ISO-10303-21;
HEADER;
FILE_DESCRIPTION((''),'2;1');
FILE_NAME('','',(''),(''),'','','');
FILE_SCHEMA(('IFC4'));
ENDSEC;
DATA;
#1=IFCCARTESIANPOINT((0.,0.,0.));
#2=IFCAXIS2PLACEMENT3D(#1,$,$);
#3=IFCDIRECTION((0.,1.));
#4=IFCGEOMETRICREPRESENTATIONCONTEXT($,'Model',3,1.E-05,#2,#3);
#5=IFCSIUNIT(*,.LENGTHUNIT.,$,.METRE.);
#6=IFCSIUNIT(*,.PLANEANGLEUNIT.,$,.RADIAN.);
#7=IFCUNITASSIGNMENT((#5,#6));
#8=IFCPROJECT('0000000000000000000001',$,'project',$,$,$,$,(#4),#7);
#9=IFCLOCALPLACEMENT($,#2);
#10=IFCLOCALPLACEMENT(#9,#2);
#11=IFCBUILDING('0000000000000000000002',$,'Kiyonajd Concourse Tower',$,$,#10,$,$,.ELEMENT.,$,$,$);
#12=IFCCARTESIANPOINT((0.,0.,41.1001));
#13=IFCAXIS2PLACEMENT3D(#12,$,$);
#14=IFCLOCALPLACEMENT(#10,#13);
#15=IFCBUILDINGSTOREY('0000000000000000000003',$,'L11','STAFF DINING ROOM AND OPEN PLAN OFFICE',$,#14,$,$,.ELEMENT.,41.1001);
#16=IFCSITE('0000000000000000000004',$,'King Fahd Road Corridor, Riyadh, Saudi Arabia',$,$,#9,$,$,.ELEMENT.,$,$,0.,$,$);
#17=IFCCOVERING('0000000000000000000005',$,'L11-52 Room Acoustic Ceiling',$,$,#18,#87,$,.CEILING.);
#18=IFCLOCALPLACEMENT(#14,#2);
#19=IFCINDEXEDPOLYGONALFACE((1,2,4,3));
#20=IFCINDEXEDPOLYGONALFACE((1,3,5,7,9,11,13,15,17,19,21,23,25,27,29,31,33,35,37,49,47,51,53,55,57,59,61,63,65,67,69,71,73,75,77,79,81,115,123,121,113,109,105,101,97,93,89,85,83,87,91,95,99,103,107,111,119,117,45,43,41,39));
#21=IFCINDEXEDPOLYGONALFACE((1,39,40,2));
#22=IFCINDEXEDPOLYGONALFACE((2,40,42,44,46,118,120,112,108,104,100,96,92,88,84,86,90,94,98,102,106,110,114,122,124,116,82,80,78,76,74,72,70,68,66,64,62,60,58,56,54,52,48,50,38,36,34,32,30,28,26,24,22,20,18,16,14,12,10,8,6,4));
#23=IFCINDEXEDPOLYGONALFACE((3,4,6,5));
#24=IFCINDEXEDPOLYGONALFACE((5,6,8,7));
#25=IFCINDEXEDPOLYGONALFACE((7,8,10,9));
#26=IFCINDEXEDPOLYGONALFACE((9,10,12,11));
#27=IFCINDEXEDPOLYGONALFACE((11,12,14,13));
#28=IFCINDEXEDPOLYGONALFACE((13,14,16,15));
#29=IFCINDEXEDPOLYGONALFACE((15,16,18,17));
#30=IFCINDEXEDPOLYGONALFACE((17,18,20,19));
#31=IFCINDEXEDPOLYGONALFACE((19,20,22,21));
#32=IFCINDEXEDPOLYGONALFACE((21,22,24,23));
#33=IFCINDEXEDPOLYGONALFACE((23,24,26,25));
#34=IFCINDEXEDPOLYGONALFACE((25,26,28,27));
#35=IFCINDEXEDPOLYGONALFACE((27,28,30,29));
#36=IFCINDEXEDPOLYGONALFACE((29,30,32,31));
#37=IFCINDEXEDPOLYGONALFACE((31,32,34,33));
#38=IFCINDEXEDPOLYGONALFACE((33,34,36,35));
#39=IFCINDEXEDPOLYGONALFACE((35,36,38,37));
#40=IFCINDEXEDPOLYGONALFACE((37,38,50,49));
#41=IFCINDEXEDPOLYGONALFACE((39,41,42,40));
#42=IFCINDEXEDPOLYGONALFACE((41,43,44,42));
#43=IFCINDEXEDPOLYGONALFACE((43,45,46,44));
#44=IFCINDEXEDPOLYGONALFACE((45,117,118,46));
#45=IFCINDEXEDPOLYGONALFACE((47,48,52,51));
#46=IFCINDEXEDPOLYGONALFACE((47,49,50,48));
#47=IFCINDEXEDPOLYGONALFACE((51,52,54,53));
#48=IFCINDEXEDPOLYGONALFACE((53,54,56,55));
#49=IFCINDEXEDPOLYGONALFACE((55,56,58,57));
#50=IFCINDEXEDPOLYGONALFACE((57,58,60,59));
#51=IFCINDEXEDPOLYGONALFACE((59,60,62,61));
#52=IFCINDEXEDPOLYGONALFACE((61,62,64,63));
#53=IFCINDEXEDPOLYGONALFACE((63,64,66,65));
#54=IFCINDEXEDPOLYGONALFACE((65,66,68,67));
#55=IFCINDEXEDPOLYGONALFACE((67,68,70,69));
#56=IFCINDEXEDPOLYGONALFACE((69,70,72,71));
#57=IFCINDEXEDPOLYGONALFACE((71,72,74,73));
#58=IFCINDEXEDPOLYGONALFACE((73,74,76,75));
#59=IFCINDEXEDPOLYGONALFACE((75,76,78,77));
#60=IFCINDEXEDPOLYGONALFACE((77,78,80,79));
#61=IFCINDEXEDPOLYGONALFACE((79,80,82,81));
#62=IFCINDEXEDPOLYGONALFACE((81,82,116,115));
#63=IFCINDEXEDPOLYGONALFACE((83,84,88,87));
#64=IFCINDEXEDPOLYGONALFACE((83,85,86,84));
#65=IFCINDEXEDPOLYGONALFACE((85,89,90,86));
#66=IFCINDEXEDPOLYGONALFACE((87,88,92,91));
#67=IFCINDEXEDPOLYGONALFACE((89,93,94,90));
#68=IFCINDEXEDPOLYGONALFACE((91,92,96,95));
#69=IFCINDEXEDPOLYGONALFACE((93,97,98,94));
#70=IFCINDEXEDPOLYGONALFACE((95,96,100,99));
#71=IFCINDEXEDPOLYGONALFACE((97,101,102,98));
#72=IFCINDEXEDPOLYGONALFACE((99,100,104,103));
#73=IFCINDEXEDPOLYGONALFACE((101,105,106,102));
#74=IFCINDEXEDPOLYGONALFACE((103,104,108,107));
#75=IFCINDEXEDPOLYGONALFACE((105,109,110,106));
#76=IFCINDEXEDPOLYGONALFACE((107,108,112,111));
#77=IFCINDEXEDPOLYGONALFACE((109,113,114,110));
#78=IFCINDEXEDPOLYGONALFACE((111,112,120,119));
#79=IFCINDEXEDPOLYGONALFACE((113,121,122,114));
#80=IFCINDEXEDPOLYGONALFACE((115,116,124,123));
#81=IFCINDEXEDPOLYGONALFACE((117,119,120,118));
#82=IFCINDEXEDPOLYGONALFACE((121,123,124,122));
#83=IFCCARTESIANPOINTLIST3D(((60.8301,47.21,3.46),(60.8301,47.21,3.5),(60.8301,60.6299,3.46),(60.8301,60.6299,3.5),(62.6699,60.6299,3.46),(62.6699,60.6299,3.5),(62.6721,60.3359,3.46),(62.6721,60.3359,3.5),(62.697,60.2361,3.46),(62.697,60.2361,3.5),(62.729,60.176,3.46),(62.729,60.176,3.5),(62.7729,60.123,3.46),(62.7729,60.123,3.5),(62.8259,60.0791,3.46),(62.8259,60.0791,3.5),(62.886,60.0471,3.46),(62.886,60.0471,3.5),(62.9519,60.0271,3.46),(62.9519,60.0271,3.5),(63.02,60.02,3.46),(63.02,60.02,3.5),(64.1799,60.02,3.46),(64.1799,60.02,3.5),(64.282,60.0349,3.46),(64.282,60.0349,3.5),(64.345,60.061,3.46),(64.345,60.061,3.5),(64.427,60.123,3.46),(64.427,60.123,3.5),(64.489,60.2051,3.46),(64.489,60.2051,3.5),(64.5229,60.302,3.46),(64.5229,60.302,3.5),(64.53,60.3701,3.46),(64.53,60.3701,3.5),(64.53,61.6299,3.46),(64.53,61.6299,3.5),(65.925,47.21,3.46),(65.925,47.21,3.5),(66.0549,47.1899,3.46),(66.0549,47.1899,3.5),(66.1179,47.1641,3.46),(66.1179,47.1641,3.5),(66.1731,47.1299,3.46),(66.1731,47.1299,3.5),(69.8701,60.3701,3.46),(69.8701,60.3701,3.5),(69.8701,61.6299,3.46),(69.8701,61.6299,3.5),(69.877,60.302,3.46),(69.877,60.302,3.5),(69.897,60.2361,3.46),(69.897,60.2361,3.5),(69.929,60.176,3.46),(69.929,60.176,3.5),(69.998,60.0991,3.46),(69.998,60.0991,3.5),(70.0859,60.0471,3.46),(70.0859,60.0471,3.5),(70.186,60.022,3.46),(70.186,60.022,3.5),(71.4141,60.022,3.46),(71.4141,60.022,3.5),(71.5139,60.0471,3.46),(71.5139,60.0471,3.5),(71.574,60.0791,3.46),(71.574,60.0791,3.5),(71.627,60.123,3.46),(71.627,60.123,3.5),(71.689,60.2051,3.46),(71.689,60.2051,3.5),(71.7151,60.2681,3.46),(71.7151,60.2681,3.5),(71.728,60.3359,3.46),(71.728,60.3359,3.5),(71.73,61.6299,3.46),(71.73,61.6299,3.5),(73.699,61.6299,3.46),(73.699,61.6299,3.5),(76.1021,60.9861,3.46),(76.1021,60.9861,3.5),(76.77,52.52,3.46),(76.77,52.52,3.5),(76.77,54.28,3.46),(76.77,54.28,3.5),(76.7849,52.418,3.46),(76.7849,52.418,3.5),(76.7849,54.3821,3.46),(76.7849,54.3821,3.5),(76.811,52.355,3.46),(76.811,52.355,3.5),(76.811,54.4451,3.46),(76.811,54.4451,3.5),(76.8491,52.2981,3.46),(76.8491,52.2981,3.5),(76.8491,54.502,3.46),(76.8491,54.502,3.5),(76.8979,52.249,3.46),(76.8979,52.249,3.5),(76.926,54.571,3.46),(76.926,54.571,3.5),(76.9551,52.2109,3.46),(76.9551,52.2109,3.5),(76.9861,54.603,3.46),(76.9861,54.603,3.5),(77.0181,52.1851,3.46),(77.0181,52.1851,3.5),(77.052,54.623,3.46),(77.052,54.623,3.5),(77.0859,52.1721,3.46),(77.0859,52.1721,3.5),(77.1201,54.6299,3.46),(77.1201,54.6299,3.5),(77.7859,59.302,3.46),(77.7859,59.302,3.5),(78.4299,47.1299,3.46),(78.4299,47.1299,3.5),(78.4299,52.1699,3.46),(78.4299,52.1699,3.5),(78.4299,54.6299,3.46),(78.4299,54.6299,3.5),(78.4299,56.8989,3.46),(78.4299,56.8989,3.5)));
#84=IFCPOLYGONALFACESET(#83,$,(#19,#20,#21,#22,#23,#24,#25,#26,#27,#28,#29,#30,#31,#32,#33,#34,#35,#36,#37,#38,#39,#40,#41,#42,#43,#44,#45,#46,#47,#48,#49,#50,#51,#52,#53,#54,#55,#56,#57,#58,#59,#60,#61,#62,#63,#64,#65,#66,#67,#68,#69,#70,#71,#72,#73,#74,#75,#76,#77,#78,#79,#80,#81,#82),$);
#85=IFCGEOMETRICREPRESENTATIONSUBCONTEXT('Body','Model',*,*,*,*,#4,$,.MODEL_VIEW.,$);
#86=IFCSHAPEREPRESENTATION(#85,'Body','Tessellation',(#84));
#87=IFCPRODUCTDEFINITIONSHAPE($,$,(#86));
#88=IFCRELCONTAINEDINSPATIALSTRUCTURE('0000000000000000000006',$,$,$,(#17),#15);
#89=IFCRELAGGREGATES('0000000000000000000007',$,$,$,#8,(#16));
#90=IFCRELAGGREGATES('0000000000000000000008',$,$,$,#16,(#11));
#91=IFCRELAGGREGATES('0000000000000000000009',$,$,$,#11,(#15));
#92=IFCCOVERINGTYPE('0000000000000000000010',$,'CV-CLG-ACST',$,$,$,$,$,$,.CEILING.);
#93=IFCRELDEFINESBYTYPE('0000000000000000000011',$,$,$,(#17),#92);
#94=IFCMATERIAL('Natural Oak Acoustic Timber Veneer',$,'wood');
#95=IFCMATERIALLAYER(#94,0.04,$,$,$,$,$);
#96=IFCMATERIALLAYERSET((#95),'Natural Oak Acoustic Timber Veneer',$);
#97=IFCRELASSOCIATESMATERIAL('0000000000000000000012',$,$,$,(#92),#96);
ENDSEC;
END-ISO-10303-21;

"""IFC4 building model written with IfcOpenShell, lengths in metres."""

from ifc_helpers import new_model, si_unit, direction, frame, origin, place, context, subcontext, project, spatial, polyline, outline, extrude, material, layer, layer_set, type_object, element, save


model = new_model("IFC4")

# Units and contexts
model_context = context("Model", 3, precision=1e-05, world=origin(), true_north=direction((0.0, 1.0)))
body_context = subcontext(model_context, "Body", "Model", "MODEL_VIEW")
ifc_project = project(units=[si_unit("LENGTHUNIT", "METRE"), si_unit("PLANEANGLEUNIT", "RADIAN")], contexts=[model_context])

# Site, building, storey
site_placement = place(None, origin())
site = spatial("IfcSite", under=ifc_project, at=site_placement, Name="King Fahd Road Corridor, Riyadh, Saudi Arabia", CompositionType="ELEMENT", RefElevation=0.0)
building_placement = place(site_placement, origin())
building = spatial("IfcBuilding", under=site, at=building_placement, Name="Kiyonajd Concourse Tower", CompositionType="ELEMENT")
storey_placement = place(building_placement, frame((0.0, 0.0, 41.1001)))
storey = spatial("IfcBuildingStorey", under=building, at=storey_placement, Name="L11", Description="STAFF DINING ROOM AND OPEN PLAN OFFICE", CompositionType="ELEMENT", Elevation=41.1001)

# Shared definitions
ifc_material_1 = material(Name="Natural Oak Acoustic Timber Veneer", Category="wood")

# Covering
ifc_layer_1 = layer(ifc_material_1, 0.04)
ifc_layer_set_1 = layer_set([ifc_layer_1], Name="Natural Oak Acoustic Timber Veneer")
covering_type = type_object("IfcCoveringType", Name="CV-CLG-ACST", PredefinedType="CEILING", material=ifc_layer_set_1)
covering_1_placement = place(storey_placement, frame((0.0, 0.0, 3.46)))
element("IfcCovering", 1, at=covering_1_placement, inside=storey, type_object=covering_type, Name="L11-52 Room Acoustic Ceiling", PredefinedType="CEILING", context=body_context, shape_type="SweptSolid", body=[
    extrude(outline(polyline([(66.1731, 47.1299), (66.1179, 47.1641), (66.0549, 47.1899), (65.925, 47.21), (60.8301, 47.21), (60.8301, 60.6299), (62.6699, 60.6299), (62.6721, 60.3359), (62.697, 60.2361), (62.729, 60.176), (62.7729, 60.123), (62.8259, 60.0791), (62.886, 60.0471), (62.9519, 60.0271), (63.02, 60.02), (64.1799, 60.02), (64.282, 60.0349), (64.345, 60.061), (64.427, 60.123), (64.489, 60.2051), (64.5229, 60.302), (64.53, 60.3701), (64.53, 61.6299), (69.8701, 61.6299), (69.8701, 60.3701), (69.877, 60.302), (69.897, 60.2361), (69.929, 60.176), (69.998, 60.0991), (70.0859, 60.0471), (70.186, 60.022), (71.4141, 60.022), (71.5139, 60.0471), (71.574, 60.0791), (71.627, 60.123), (71.689, 60.2051), (71.7151, 60.2681), (71.728, 60.3359), (71.73, 61.6299), (73.699, 61.6299), (76.1021, 60.9861), (77.7859, 59.302), (78.4299, 56.8989), (78.4299, 54.6299), (77.1201, 54.6299), (77.052, 54.623), (76.9861, 54.603), (76.926, 54.571), (76.8491, 54.502), (76.811, 54.4451), (76.7849, 54.3821), (76.77, 54.28), (76.77, 52.52), (76.7849, 52.418), (76.811, 52.355), (76.8491, 52.2981), (76.8979, 52.249), (76.9551, 52.2109), (77.0181, 52.1851), (77.0859, 52.1721), (78.4299, 52.1699), (78.4299, 47.1299), (66.1731, 47.1299)])), origin(), (0.0, 0.0, 1.0), 0.04),
])

save(model, "model.ifc")
